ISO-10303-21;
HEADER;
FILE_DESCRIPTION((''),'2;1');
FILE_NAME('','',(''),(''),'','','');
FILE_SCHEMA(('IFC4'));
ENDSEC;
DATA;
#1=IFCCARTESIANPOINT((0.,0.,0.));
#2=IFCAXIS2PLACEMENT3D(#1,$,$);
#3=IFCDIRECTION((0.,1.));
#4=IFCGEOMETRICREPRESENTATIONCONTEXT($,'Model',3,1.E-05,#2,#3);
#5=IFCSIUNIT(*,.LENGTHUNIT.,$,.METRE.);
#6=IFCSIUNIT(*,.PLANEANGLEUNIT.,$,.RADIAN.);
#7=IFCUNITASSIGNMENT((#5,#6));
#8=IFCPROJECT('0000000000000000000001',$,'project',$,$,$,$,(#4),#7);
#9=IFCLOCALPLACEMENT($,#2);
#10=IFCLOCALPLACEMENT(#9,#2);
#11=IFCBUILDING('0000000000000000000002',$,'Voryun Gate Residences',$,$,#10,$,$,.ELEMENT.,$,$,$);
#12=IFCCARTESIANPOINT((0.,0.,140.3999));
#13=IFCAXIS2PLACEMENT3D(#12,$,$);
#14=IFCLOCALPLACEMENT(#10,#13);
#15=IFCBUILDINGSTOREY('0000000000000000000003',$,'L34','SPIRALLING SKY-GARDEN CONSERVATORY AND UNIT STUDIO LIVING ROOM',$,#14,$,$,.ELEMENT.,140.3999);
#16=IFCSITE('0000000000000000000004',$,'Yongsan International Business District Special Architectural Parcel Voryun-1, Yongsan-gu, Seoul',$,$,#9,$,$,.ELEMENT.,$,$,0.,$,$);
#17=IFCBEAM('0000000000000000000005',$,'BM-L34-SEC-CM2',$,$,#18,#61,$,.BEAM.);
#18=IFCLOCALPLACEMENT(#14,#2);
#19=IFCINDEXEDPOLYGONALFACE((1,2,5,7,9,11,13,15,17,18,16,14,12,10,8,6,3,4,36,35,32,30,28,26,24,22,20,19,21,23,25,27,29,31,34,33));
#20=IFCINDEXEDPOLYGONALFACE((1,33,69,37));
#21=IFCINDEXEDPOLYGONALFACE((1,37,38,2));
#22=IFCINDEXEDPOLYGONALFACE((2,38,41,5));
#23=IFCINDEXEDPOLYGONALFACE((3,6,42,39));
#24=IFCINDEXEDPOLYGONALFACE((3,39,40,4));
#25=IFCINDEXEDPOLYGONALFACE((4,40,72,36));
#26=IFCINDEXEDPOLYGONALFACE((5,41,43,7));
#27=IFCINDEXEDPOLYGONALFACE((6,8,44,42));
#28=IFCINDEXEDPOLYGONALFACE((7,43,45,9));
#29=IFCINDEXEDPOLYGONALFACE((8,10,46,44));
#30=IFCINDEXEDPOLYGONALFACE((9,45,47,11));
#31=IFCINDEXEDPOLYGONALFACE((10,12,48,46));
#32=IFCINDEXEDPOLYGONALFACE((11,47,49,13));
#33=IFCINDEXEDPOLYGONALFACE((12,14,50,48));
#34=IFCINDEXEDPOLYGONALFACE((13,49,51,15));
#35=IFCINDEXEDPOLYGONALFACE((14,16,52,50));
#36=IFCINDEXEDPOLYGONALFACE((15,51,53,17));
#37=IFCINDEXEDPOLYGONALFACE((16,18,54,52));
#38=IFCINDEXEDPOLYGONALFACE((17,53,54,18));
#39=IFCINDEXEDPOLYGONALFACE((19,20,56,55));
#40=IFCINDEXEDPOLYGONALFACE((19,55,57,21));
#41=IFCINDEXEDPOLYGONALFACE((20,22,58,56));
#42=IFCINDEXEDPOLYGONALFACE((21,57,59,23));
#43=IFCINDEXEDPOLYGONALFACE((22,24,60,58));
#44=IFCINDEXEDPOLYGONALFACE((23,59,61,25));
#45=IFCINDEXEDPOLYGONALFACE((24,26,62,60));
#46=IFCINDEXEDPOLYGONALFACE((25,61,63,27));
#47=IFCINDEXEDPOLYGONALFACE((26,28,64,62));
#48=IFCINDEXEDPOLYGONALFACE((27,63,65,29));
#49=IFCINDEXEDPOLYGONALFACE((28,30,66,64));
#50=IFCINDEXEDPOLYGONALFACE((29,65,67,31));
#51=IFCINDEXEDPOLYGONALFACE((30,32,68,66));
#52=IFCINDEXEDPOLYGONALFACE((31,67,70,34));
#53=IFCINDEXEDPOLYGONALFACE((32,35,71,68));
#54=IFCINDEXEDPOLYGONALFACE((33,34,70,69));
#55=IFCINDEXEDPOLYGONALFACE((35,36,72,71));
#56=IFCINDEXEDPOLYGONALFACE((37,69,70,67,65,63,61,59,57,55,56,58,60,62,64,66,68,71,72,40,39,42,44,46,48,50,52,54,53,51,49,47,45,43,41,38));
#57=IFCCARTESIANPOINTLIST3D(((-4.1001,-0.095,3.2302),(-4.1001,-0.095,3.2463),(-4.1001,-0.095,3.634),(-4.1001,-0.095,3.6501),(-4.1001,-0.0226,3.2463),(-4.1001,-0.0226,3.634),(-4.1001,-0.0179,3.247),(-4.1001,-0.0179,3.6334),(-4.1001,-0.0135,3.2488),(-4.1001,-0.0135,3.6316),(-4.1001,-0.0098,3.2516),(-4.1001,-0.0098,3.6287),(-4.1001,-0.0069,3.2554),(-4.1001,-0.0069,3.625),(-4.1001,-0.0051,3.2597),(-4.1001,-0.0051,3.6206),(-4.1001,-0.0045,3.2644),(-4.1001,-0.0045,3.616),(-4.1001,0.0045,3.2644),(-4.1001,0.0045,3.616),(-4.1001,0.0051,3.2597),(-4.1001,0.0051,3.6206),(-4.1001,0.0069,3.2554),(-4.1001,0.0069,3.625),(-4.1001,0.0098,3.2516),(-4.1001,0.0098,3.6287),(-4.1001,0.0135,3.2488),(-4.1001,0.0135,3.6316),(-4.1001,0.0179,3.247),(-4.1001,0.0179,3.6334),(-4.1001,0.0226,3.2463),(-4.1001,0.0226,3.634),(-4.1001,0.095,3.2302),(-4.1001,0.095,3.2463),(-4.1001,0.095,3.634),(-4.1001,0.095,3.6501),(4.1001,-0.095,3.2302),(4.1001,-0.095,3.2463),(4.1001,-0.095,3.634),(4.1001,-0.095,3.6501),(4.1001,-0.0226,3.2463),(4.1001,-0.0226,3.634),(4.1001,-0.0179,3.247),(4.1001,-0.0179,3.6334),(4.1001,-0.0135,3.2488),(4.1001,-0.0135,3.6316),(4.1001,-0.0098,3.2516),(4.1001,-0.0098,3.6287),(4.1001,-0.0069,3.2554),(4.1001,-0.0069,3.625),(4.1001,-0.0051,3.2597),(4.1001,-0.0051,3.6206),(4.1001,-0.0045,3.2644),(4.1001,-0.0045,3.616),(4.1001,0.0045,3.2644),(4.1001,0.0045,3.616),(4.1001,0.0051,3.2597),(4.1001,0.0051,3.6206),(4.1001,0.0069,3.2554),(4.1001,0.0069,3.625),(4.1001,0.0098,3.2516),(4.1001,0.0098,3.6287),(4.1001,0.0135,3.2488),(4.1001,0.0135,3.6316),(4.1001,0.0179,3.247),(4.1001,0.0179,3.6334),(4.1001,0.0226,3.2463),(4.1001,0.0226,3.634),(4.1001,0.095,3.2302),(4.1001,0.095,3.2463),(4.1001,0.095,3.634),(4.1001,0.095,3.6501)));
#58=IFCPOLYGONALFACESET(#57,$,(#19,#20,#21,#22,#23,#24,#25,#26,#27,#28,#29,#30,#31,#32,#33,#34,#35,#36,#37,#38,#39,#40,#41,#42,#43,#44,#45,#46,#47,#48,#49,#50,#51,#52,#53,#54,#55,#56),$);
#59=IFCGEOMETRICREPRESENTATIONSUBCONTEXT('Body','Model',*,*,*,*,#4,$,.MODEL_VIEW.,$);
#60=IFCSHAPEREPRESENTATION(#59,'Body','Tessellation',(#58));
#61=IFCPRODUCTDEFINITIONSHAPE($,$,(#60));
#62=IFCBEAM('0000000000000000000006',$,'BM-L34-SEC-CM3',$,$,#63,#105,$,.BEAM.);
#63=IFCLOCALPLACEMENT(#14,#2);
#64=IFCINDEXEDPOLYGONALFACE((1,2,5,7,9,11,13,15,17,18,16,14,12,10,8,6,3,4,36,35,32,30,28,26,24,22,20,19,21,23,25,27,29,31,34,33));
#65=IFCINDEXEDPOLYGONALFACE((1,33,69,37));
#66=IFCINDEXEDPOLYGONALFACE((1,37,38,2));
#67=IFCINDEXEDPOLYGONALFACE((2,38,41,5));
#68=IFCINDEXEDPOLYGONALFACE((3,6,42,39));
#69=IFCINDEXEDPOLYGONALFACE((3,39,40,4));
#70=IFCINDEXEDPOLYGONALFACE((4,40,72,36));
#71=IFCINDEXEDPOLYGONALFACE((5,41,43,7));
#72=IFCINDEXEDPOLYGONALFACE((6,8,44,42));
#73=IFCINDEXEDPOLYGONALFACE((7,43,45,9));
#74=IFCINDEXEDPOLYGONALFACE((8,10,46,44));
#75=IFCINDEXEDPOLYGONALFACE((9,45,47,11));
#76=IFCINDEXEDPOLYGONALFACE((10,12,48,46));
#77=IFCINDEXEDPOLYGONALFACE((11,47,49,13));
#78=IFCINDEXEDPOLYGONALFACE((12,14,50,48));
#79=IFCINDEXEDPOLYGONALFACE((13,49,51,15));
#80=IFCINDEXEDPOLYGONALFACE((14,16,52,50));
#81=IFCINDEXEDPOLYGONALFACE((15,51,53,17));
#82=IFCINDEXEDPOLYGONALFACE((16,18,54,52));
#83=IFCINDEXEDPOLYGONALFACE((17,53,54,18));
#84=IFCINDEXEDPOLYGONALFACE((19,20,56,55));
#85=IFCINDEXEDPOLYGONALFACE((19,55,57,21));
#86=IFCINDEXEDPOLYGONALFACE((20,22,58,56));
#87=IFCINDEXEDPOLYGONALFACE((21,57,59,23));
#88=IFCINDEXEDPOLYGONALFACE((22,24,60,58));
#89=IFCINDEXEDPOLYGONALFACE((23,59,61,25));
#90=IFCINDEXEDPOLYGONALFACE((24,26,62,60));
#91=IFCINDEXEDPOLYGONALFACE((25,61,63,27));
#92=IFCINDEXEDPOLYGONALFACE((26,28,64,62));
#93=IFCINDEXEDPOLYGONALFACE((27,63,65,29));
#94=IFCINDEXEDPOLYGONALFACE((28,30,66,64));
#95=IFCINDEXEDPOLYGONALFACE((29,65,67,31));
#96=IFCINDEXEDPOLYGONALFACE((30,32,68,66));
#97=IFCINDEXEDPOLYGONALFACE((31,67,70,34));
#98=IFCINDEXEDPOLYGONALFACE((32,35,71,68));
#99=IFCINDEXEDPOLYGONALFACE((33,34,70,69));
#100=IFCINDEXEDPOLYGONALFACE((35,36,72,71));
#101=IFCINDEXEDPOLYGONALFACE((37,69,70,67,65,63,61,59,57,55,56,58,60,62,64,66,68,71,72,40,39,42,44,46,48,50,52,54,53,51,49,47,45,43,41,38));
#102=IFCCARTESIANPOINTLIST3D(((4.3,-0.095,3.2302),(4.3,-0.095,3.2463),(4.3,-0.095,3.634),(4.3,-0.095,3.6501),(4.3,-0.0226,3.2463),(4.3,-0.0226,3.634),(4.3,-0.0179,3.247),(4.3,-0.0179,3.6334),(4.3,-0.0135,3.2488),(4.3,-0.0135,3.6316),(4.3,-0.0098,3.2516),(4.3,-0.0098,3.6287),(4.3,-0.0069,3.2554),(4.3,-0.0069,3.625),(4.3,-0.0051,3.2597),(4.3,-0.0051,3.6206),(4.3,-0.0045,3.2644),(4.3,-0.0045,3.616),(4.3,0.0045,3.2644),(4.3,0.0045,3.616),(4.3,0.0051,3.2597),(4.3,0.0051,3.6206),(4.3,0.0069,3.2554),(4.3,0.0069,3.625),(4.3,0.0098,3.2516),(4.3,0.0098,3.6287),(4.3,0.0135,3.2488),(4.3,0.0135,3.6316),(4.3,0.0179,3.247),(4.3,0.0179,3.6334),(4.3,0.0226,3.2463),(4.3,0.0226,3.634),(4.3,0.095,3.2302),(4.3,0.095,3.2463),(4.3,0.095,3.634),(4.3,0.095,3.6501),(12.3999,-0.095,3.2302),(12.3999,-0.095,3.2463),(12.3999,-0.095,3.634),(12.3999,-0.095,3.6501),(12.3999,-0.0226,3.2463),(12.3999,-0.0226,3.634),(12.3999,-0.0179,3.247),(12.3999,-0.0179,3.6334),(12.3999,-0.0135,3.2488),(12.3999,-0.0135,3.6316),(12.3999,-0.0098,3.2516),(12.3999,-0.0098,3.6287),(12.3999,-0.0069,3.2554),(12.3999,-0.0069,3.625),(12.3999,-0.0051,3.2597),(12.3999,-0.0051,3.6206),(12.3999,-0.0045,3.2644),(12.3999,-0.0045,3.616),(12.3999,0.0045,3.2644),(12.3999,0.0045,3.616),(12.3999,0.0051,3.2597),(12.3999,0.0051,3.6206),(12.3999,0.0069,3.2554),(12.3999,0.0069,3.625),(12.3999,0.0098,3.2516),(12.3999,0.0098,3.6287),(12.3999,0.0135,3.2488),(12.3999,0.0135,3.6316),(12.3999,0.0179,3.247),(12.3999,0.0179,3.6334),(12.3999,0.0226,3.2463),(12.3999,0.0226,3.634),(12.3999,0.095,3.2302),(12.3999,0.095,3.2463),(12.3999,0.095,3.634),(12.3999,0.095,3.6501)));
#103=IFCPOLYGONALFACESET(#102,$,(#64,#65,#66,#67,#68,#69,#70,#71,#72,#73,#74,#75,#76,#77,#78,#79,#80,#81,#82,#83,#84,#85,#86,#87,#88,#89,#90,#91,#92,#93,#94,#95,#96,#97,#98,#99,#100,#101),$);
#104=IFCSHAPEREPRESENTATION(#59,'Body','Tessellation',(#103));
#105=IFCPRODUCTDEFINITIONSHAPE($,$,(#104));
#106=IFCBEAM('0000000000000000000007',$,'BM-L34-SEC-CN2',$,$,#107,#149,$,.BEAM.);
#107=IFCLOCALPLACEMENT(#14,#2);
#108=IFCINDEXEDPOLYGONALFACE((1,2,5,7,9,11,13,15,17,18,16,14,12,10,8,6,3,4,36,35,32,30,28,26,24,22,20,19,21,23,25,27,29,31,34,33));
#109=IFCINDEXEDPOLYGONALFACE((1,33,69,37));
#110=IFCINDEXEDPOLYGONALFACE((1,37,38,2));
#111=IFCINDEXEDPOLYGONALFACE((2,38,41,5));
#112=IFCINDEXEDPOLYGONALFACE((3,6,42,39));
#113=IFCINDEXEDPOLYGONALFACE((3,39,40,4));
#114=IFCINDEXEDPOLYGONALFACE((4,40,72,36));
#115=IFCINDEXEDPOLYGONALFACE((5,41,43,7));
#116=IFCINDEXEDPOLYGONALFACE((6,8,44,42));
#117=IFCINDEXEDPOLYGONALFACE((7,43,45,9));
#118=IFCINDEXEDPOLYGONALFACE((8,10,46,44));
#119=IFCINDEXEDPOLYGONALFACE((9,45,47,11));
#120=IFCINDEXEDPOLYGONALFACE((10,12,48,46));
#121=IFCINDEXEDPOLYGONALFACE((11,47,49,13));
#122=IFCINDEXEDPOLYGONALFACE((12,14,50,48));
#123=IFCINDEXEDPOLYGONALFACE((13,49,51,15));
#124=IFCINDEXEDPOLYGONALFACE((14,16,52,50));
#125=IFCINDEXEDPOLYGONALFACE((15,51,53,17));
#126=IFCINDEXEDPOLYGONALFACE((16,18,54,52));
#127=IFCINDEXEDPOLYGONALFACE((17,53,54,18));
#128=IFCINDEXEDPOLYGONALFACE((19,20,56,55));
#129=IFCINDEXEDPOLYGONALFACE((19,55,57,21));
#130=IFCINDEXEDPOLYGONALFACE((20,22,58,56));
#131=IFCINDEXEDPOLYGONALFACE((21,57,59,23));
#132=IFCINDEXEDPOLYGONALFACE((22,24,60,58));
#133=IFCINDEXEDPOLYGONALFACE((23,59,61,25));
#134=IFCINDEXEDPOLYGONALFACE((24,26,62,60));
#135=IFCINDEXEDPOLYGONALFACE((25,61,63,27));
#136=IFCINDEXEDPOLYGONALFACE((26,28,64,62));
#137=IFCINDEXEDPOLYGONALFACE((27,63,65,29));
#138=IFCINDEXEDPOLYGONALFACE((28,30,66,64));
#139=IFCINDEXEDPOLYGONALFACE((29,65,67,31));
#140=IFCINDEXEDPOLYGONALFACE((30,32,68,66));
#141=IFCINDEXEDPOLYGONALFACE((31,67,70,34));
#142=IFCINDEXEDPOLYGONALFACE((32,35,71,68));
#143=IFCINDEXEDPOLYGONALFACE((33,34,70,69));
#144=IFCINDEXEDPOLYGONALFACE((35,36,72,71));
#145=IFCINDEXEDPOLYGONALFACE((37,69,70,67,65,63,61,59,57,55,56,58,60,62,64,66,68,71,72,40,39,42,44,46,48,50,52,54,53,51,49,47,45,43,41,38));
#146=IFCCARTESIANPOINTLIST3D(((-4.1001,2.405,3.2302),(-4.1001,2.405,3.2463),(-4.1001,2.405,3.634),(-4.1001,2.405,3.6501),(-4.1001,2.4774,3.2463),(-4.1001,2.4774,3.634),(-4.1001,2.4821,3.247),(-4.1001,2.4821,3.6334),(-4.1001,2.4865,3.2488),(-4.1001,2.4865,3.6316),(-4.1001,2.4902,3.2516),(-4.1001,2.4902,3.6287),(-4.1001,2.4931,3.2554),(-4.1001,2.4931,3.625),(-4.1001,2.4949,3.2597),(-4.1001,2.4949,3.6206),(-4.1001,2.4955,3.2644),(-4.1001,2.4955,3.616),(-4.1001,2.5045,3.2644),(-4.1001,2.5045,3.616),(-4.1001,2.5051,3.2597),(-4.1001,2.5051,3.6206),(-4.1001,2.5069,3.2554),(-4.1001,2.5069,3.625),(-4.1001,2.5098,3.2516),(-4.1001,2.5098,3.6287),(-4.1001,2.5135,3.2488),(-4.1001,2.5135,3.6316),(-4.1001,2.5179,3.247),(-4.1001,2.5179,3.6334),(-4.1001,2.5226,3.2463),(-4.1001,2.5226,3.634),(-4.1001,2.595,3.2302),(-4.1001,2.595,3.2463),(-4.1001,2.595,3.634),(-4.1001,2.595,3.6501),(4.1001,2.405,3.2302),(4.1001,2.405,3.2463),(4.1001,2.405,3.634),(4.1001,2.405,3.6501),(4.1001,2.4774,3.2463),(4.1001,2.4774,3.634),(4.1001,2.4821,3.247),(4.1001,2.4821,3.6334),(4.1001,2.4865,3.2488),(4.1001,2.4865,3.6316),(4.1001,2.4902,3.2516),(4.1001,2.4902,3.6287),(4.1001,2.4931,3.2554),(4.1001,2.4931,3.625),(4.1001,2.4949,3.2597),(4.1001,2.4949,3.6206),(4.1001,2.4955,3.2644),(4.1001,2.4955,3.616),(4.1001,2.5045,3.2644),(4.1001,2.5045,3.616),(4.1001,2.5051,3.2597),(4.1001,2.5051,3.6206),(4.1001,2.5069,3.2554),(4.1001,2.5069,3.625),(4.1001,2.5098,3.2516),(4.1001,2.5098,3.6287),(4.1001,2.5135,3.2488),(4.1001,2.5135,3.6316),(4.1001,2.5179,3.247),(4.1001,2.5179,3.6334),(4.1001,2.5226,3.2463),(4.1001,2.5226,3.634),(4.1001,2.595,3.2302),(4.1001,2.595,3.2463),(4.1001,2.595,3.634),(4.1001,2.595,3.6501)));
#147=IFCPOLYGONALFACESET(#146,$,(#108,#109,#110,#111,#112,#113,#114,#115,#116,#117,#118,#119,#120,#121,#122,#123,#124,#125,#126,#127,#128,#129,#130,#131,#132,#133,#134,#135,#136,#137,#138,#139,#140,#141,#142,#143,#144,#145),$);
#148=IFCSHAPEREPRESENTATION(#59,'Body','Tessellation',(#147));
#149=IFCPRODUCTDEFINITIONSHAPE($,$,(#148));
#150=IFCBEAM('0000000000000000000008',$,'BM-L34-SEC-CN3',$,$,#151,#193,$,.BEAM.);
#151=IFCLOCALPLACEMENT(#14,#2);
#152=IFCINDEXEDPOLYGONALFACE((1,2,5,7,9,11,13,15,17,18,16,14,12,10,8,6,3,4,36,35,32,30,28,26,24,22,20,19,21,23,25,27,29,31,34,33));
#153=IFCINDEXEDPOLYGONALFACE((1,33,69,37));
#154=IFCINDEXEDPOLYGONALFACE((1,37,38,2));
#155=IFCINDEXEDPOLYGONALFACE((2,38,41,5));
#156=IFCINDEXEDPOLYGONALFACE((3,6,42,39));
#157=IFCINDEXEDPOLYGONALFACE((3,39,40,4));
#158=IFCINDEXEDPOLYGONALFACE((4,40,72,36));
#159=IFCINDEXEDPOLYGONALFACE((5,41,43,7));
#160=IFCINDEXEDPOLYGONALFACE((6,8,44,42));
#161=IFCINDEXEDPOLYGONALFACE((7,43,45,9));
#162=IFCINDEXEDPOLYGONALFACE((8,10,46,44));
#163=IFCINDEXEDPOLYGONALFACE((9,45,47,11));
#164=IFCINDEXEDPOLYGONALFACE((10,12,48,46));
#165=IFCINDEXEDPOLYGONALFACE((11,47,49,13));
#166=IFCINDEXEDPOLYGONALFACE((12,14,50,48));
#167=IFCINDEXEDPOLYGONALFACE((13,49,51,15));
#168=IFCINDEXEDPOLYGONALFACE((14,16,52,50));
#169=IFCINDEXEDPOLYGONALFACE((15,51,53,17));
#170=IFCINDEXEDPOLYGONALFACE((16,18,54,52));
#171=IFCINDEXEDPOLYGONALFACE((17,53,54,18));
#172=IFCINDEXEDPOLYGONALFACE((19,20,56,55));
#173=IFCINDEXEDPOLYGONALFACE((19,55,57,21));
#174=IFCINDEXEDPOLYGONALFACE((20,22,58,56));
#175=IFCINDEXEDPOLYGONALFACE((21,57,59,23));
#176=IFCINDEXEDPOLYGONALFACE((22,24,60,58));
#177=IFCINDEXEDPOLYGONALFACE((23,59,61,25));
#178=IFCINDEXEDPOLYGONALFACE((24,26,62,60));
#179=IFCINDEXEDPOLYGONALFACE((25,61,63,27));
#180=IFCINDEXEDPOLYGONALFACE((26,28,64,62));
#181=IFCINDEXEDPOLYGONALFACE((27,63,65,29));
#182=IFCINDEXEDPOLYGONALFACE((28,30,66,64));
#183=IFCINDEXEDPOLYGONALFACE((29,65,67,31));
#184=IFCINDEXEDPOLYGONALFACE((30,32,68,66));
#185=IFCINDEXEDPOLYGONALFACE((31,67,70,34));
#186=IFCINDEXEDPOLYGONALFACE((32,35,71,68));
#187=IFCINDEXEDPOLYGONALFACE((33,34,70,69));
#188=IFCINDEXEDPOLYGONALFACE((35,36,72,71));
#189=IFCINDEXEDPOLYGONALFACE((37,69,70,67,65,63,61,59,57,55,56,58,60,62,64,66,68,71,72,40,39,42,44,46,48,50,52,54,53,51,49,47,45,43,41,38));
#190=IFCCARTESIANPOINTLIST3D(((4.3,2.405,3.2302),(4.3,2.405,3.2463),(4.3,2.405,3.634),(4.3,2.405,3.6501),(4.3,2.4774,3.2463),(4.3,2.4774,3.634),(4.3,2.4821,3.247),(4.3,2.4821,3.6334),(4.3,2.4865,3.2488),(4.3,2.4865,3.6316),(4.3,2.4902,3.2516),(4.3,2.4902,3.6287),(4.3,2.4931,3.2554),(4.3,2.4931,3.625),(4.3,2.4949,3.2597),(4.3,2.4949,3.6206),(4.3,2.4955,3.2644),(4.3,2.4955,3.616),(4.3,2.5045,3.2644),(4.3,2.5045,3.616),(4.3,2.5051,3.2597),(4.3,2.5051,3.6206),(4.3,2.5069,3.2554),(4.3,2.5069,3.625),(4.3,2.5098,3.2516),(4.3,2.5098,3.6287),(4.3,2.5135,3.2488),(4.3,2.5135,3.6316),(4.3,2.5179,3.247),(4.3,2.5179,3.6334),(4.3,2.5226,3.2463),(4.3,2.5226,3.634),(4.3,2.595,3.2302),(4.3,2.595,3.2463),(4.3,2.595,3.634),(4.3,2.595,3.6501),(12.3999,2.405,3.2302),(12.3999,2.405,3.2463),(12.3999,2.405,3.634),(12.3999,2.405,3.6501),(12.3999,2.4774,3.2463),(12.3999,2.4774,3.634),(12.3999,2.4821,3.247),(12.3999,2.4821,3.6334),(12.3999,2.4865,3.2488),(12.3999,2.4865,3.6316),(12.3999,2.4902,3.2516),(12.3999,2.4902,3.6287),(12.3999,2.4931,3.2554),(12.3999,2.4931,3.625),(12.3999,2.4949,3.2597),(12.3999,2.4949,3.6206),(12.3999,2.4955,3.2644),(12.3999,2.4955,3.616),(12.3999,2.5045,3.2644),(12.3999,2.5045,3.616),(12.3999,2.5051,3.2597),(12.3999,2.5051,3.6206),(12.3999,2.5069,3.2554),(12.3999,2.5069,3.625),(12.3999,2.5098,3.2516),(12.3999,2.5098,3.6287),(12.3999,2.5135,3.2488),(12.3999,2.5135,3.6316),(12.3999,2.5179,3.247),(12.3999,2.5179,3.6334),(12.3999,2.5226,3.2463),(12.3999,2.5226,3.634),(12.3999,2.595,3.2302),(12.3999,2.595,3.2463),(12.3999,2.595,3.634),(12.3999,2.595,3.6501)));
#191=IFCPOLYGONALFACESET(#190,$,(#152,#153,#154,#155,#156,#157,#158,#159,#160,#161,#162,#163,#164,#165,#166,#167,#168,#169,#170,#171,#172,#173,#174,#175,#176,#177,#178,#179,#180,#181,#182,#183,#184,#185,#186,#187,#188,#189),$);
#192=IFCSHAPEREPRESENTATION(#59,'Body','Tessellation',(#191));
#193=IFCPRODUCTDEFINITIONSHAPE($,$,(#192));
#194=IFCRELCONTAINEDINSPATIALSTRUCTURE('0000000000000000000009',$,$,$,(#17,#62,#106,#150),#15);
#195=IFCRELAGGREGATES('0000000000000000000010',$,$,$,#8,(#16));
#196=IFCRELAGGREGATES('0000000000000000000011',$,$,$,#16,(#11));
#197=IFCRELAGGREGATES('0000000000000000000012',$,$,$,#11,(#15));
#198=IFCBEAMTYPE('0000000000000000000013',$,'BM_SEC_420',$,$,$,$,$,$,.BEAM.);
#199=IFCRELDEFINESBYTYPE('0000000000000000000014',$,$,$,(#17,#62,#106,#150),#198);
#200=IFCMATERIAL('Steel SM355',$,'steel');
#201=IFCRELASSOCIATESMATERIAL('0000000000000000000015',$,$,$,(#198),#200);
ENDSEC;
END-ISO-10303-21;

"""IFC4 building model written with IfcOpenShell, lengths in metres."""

from ifc_helpers import new_model, si_unit, direction, frame, origin, origin_2d, place, context, subcontext, project, spatial, i_section, extrude, material, material_profile, profile_set, type_object, element, save


model = new_model("IFC4")

# Units and contexts
model_context = context("Model", 3, precision=1e-05, world=origin(), true_north=direction((0.0, 1.0)))
body_context = subcontext(model_context, "Body", "Model", "MODEL_VIEW")
ifc_project = project(units=[si_unit("LENGTHUNIT", "METRE"), si_unit("PLANEANGLEUNIT", "RADIAN")], contexts=[model_context])

# Site, building, storey
site_placement = place(None, origin())
site = spatial("IfcSite", under=ifc_project, at=site_placement, Name="Yongsan International Business District Special Architectural Parcel Voryun-1, Yongsan-gu, Seoul", CompositionType="ELEMENT", RefElevation=0.0)
building_placement = place(site_placement, origin())
building = spatial("IfcBuilding", under=site, at=building_placement, Name="Voryun Gate Residences", CompositionType="ELEMENT")
storey_placement = place(building_placement, frame((0.0, 0.0, 140.3999)))
storey = spatial("IfcBuildingStorey", under=building, at=storey_placement, Name="L34", Description="SPIRALLING SKY-GARDEN CONSERVATORY AND UNIT STUDIO LIVING ROOM", CompositionType="ELEMENT", Elevation=140.3999)

# Beams
ifc_material_1 = material(Name="Steel SM355", Category="steel")
ifc_material_profile_1 = material_profile(ifc_material_1, i_section(OverallWidth=0.1899, OverallDepth=0.4199, WebThickness=0.009, FlangeThickness=0.0161, FilletRadius=0.0181, at=origin_2d()), Name="H-420x190x9x16")
ifc_profile_set_1 = profile_set([ifc_material_profile_1], Name="Steel SM355")
beam_type_1 = type_object("IfcBeamType", Name="BM_SEC_420", PredefinedType="BEAM", material=ifc_profile_set_1)
beam_1_placement = place(storey_placement, frame((-4.1001, 0.0, 3.4402), z_axis=(1.0, 0.0, 0.0), x_axis=(0.0, 1.0, 0.0)))
element("IfcBeam", 1, at=beam_1_placement, inside=storey, type_object=beam_type_1, Name="BM-L34-SEC-CM2", PredefinedType="BEAM", context=body_context, shape_type="SweptSolid", body=[
    extrude(i_section(OverallWidth=0.1899, OverallDepth=0.4199, WebThickness=0.009, FlangeThickness=0.0161, FilletRadius=0.0181, at=origin_2d()), origin(), (0.0, 0.0, 1.0), 8.2002),
])
beam_2_placement = place(storey_placement, frame((4.3, 0.0, 3.4402), z_axis=(1.0, 0.0, 0.0), x_axis=(0.0, 1.0, 0.0)))
element("IfcBeam", 2, at=beam_2_placement, inside=storey, type_object=beam_type_1, Name="BM-L34-SEC-CM3", PredefinedType="BEAM", context=body_context, shape_type="SweptSolid", body=[
    extrude(i_section(OverallWidth=0.1899, OverallDepth=0.4199, WebThickness=0.009, FlangeThickness=0.0161, FilletRadius=0.0181, at=origin_2d()), origin(), (0.0, 0.0, 1.0), 8.0999),
])
beam_3_placement = place(storey_placement, frame((-4.1001, 2.5, 3.4402), z_axis=(1.0, 0.0, 0.0), x_axis=(0.0, 1.0, 0.0)))
element("IfcBeam", 3, at=beam_3_placement, inside=storey, type_object=beam_type_1, Name="BM-L34-SEC-CN2", PredefinedType="BEAM", context=body_context, shape_type="SweptSolid", body=[
    extrude(i_section(OverallWidth=0.1899, OverallDepth=0.4199, WebThickness=0.009, FlangeThickness=0.0161, FilletRadius=0.0181, at=origin_2d()), origin(), (0.0, 0.0, 1.0), 8.2002),
])
beam_4_placement = place(storey_placement, frame((4.3, 2.5, 3.4402), z_axis=(1.0, 0.0, 0.0), x_axis=(0.0, 1.0, 0.0)))
element("IfcBeam", 4, at=beam_4_placement, inside=storey, type_object=beam_type_1, Name="BM-L34-SEC-CN3", PredefinedType="BEAM", context=body_context, shape_type="SweptSolid", body=[
    extrude(i_section(OverallWidth=0.1899, OverallDepth=0.4199, WebThickness=0.009, FlangeThickness=0.0161, FilletRadius=0.0181, at=origin_2d()), origin(), (0.0, 0.0, 1.0), 8.0999),
])

save(model, "model.ifc")
